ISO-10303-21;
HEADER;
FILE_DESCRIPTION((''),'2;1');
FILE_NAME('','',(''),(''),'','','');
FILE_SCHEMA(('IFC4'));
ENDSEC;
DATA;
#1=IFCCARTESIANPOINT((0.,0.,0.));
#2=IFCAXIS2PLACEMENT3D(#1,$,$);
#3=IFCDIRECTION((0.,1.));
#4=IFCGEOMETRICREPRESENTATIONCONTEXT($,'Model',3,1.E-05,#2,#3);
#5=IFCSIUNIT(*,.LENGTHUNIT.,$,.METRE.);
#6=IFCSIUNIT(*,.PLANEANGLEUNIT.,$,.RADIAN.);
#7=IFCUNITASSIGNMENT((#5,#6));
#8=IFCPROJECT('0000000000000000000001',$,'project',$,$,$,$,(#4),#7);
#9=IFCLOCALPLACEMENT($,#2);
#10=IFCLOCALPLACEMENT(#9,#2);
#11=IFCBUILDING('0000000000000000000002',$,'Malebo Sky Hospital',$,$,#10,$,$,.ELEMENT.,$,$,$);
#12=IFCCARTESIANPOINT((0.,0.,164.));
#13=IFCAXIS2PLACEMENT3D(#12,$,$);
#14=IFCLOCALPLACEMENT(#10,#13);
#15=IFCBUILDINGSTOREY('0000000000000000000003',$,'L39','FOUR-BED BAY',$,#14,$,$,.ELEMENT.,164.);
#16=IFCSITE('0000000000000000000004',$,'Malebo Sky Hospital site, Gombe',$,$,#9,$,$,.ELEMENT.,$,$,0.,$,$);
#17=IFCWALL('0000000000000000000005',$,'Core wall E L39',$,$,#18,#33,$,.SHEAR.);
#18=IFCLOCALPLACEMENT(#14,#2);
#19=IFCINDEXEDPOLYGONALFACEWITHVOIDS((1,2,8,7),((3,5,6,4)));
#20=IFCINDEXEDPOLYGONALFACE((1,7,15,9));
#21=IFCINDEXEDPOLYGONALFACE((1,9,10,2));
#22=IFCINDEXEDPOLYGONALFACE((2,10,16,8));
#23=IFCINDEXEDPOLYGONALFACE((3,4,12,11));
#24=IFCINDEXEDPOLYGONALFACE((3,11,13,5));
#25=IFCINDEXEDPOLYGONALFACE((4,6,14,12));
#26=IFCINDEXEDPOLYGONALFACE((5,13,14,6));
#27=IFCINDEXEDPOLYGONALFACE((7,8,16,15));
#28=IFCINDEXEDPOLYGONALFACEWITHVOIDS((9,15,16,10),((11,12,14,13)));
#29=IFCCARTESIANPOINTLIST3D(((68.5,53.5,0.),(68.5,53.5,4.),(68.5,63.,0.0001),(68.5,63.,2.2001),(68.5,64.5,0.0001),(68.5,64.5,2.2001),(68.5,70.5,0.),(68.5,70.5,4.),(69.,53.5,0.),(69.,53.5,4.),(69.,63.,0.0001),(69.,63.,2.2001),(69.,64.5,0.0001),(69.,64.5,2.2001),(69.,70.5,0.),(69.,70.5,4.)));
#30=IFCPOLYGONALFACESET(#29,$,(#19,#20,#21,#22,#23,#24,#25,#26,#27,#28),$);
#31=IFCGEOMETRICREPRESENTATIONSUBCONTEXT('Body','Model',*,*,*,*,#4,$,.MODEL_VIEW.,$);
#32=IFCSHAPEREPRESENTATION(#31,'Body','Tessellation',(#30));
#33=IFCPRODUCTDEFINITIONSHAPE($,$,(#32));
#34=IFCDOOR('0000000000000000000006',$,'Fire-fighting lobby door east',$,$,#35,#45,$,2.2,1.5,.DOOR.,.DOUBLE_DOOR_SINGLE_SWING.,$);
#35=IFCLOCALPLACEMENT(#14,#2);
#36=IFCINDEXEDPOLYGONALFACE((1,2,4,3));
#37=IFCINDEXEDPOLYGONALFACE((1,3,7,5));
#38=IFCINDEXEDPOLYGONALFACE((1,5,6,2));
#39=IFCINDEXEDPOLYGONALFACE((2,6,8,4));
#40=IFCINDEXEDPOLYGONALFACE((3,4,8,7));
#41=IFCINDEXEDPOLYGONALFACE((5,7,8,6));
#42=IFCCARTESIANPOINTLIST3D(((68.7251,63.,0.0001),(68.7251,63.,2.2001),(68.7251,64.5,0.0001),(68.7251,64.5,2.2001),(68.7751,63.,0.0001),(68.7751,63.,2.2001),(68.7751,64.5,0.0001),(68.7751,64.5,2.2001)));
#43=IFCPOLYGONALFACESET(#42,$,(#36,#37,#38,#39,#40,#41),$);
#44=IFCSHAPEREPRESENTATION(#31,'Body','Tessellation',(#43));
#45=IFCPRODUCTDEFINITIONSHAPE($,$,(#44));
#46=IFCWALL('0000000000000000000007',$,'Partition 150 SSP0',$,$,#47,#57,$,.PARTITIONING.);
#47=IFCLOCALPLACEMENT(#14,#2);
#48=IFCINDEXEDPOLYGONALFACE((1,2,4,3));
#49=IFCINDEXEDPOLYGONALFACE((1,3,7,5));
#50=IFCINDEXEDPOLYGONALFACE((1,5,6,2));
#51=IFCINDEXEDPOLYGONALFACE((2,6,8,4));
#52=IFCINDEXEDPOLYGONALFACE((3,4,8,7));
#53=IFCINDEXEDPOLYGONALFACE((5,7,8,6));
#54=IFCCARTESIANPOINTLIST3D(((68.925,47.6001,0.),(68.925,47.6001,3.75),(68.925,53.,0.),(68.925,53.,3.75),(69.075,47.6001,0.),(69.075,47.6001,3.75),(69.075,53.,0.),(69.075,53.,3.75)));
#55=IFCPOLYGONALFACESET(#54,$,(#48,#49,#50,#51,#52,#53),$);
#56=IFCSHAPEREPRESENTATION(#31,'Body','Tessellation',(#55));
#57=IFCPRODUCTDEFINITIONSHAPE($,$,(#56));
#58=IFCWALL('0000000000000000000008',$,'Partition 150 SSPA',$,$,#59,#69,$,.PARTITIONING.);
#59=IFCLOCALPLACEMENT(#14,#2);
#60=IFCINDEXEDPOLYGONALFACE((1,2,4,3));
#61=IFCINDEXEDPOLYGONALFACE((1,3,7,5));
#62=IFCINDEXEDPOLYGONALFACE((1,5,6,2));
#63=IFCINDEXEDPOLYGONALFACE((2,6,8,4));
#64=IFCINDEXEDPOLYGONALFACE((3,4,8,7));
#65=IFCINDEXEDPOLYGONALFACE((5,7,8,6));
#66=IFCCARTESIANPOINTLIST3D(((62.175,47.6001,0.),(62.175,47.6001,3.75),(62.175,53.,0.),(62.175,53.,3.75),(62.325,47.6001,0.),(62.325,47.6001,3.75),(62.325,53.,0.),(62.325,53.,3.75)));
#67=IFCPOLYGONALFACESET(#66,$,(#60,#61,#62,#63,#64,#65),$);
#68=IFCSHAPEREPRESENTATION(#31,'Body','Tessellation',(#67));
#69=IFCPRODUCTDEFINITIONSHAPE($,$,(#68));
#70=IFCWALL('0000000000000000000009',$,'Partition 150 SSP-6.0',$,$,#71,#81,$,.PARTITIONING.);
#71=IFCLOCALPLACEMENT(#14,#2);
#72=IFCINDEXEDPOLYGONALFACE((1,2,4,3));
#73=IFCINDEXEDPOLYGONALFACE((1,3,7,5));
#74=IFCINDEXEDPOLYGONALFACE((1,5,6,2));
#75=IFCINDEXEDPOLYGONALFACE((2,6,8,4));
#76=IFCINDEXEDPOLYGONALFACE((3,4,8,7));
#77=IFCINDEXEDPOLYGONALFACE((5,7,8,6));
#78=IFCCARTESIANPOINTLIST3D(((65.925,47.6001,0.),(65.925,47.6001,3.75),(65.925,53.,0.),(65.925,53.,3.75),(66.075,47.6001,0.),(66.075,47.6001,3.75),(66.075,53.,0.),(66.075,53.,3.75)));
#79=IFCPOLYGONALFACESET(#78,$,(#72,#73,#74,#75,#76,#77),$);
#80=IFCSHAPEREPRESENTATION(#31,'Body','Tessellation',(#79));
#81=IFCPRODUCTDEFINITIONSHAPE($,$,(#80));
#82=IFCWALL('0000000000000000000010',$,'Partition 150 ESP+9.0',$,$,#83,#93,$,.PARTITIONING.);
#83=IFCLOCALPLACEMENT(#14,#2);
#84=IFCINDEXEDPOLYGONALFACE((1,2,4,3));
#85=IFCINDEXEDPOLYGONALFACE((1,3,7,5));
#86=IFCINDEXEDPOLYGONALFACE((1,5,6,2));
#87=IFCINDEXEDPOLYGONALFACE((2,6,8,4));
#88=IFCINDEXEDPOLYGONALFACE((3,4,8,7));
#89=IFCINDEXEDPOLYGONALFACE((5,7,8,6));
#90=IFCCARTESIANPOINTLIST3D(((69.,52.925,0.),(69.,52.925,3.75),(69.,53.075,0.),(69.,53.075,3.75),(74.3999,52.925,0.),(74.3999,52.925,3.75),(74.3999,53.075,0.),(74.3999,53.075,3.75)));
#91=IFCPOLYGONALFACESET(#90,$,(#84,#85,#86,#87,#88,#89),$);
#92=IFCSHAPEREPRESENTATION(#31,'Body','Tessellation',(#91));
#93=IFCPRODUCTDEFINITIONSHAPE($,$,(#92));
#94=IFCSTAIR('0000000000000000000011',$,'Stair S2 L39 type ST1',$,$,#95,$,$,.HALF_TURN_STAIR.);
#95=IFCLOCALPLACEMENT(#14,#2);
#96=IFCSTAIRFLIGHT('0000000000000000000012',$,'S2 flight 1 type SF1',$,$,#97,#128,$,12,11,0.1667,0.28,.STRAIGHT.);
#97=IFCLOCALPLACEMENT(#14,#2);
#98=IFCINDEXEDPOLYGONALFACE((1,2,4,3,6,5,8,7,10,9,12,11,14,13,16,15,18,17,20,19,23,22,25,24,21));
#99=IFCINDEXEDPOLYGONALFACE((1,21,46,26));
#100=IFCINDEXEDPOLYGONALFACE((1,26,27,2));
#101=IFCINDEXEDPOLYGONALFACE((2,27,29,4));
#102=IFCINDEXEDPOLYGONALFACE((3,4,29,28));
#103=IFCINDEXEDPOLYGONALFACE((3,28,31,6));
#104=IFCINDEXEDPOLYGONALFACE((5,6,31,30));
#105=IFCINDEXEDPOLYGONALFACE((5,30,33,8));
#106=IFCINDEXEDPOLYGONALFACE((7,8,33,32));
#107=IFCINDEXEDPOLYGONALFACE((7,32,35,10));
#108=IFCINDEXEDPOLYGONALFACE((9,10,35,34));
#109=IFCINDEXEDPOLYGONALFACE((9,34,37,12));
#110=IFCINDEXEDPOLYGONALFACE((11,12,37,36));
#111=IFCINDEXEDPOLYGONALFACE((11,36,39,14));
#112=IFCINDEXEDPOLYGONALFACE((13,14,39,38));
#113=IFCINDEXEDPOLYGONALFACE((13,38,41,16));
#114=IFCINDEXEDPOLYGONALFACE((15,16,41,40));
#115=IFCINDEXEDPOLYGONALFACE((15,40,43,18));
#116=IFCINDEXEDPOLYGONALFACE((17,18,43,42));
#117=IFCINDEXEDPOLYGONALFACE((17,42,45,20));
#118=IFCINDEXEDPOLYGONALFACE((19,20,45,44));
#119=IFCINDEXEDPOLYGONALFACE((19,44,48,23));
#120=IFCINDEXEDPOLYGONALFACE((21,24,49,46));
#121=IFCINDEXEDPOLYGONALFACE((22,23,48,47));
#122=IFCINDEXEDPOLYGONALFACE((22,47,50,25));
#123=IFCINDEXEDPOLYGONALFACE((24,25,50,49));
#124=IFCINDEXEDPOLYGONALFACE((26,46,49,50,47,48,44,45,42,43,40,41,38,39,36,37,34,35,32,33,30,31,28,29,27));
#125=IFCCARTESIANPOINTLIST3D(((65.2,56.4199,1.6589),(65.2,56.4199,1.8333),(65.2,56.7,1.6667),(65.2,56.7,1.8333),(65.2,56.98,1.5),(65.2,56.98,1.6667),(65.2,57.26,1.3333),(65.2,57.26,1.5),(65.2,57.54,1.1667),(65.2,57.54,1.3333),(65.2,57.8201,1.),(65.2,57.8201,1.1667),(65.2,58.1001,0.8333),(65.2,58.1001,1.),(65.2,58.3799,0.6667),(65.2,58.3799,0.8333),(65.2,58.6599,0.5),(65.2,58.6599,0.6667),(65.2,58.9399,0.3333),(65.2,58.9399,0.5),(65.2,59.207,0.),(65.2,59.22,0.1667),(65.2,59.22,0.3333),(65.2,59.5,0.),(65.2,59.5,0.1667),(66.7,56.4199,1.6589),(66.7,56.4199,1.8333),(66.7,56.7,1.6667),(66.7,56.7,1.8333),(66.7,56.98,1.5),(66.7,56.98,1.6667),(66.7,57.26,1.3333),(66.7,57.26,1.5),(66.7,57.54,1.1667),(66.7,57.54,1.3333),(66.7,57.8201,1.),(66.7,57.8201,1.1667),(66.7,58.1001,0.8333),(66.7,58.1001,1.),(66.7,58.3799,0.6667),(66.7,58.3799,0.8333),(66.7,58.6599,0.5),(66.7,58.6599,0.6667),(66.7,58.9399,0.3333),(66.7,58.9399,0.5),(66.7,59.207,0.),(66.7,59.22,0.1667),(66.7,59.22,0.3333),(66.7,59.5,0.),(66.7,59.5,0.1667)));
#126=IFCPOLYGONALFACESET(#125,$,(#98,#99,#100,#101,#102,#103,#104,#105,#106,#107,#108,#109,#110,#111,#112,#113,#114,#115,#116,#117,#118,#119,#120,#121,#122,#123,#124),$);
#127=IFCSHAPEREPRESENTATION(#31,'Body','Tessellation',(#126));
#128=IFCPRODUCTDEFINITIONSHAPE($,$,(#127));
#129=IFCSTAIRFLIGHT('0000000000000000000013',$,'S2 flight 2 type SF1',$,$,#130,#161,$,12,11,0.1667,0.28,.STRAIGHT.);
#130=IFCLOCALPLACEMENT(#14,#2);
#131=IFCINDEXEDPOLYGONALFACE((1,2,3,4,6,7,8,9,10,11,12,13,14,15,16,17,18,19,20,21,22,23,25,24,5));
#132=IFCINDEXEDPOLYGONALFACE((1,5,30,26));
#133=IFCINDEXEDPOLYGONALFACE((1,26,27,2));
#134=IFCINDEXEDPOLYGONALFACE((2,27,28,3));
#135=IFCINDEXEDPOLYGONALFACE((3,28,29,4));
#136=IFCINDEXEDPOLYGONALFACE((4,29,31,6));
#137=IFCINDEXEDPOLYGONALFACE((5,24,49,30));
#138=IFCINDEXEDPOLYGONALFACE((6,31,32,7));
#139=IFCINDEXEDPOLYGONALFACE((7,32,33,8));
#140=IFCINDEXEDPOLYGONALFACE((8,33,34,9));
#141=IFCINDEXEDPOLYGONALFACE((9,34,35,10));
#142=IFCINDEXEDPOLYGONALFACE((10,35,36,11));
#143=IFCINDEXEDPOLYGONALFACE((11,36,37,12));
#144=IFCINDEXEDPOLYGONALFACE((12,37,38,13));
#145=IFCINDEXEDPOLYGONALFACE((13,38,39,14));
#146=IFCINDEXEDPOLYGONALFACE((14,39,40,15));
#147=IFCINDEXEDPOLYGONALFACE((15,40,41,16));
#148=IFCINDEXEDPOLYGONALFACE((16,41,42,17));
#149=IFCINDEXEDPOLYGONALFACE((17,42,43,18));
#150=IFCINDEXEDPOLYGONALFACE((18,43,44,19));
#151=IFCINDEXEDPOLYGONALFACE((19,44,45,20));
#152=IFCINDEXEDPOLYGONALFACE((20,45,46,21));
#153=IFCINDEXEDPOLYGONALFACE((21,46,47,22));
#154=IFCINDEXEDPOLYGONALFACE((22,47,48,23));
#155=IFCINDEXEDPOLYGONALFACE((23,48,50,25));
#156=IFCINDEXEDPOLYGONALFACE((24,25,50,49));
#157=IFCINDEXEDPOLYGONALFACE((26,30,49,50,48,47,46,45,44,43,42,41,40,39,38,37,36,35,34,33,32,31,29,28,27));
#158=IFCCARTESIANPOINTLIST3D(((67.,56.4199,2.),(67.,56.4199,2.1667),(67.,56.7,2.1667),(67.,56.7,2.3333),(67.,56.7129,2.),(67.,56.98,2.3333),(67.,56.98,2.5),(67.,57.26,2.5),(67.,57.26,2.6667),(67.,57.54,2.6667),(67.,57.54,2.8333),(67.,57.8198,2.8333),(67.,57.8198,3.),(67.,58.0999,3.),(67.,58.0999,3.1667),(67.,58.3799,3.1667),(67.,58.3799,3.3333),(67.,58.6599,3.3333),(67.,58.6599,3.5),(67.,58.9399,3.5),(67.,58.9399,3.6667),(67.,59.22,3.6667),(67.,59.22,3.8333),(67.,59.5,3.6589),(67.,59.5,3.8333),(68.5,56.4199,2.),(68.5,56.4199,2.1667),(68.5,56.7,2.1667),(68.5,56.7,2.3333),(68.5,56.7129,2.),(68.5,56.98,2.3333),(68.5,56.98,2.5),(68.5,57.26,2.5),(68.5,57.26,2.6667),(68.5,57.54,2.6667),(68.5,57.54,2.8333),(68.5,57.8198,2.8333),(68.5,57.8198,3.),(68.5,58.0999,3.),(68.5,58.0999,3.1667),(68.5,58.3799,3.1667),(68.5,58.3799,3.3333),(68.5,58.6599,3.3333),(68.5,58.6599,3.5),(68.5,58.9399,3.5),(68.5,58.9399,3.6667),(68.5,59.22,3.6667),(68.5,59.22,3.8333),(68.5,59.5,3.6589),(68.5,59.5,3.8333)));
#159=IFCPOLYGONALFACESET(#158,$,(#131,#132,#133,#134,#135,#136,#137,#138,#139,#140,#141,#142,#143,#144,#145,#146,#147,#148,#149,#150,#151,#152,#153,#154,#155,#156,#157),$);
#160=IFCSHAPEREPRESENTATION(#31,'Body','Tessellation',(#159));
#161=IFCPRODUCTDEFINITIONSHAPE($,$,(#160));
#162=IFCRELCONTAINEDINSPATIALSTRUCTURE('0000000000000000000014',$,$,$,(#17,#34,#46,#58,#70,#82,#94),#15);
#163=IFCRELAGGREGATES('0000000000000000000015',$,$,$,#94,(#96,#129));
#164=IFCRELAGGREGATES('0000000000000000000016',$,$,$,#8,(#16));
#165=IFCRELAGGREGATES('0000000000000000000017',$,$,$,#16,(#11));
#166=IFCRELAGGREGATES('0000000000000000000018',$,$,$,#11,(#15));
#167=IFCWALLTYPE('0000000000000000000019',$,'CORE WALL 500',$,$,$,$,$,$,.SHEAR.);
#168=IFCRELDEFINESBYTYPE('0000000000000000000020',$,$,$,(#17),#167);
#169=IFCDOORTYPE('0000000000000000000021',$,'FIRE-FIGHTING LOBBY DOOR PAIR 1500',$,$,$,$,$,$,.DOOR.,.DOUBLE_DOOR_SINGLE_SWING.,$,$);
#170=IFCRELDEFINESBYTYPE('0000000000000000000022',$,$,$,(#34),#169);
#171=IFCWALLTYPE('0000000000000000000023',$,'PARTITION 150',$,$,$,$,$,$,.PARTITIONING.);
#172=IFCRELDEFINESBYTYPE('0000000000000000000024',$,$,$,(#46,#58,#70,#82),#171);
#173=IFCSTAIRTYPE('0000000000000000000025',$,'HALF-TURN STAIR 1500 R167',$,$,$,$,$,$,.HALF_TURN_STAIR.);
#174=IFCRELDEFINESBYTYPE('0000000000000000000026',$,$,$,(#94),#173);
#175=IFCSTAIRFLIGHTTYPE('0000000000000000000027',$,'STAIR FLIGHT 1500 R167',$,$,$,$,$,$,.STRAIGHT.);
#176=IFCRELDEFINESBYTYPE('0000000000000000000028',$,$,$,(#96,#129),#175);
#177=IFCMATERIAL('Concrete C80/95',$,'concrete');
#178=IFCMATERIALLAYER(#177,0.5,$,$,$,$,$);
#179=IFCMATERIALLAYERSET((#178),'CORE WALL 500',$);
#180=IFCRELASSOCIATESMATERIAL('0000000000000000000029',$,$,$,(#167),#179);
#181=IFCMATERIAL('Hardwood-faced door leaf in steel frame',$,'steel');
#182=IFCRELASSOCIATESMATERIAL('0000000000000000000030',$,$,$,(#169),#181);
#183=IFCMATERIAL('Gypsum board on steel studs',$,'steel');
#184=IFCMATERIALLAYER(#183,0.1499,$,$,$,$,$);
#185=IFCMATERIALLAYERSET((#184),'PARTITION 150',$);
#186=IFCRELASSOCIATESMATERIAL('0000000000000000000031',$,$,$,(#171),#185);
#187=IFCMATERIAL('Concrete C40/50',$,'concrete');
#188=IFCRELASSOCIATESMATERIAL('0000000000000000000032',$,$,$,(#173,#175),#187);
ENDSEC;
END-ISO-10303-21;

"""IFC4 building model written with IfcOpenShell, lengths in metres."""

from ifc_helpers import new_model, si_unit, direction, frame, frame_2d, origin, place, context, subcontext, project, spatial, polyline, rectangle, outline, extrude, material, layer, layer_set, type_object, element, fill, aggregate, save


model = new_model("IFC4")

# Units and contexts
model_context = context("Model", 3, precision=1e-05, world=origin(), true_north=direction((0.0, 1.0)))
body_context = subcontext(model_context, "Body", "Model", "MODEL_VIEW")
ifc_project = project(units=[si_unit("LENGTHUNIT", "METRE"), si_unit("PLANEANGLEUNIT", "RADIAN")], contexts=[model_context])

# Site, building, storey
site_placement = place(None, origin())
site = spatial("IfcSite", under=ifc_project, at=site_placement, Name="Malebo Sky Hospital site, Gombe", CompositionType="ELEMENT", RefElevation=0.0)
building_placement = place(site_placement, origin())
building = spatial("IfcBuilding", under=site, at=building_placement, Name="Malebo Sky Hospital", CompositionType="ELEMENT")
storey_placement = place(building_placement, frame((0.0, 0.0, 164.0)))
storey = spatial("IfcBuildingStorey", under=building, at=storey_placement, Name="L39", Description="FOUR-BED BAY", CompositionType="ELEMENT", Elevation=164.0)

# Shared definitions
ifc_material_1 = material(Name="Concrete C80/95", Category="concrete")

# Wall, opening, door
ifc_material_2 = material(Name="Hardwood-faced door leaf in steel frame", Category="steel")
ifc_layer_1 = layer(ifc_material_1, 0.5)
ifc_layer_set_1 = layer_set([ifc_layer_1], Name="CORE WALL 500")
wall_type_1 = type_object("IfcWallType", Name="CORE WALL 500", PredefinedType="SHEAR", material=ifc_layer_set_1)
wall_1_placement = place(storey_placement, frame((68.75, 53.5, 0.0), z_axis=(0.0, 0.0, 1.0), x_axis=(0.0, 1.0, 0.0)))
wall_1 = element("IfcWall", 1, at=wall_1_placement, inside=storey, type_object=wall_type_1, Name="Core wall E L39", PredefinedType="SHEAR", context=body_context, shape_type="SweptSolid", body=[
    extrude(rectangle(XDim=17.0, YDim=0.5, at=frame_2d((8.5, 0.0))), origin(), (0.0, 0.0, 1.0), 4.0),
])
opening_1_placement = place(wall_1_placement, frame((9.5, 0.0, 0.0)))
opening_1 = element("IfcOpeningElement", 2, at=opening_1_placement, cuts=wall_1, PredefinedType="OPENING", context=body_context, shape_type="SweptSolid", body=[
    extrude(rectangle(XDim=1.5, YDim=2.2, at=frame_2d((0.75, 1.1001))), frame((0.0, 0.26, 0.0), z_axis=(0.0, -1.0, 0.0), x_axis=(1.0, 0.0, 0.0)), (0.0, 0.0, 1.0), 0.52),
])
door_type_1 = type_object("IfcDoorType", Name="FIRE-FIGHTING LOBBY DOOR PAIR 1500", OperationType="DOUBLE_DOOR_SINGLE_SWING", PredefinedType="DOOR", material=ifc_material_2)
door_1_placement = place(opening_1_placement, origin())
door_1 = element("IfcDoor", 3, at=door_1_placement, inside=storey, type_object=door_type_1, Name="Fire-fighting lobby door east", OperationType="DOUBLE_DOOR_SINGLE_SWING", OverallHeight=2.2, OverallWidth=1.5, PredefinedType="DOOR", context=body_context, shape_type="SweptSolid", body=[
    extrude(rectangle(XDim=1.5, YDim=2.2, at=frame_2d((0.75, 1.1001))), frame((0.0, 0.0249, 0.0), z_axis=(0.0, -1.0, 0.0), x_axis=(1.0, 0.0, 0.0)), (0.0, 0.0, 1.0), 0.05),
])
fill(opening_1, door_1)

# Walls
ifc_material_3 = material(Name="Gypsum board on steel studs", Category="steel")
ifc_layer_2 = layer(ifc_material_3, 0.1499)
ifc_layer_set_2 = layer_set([ifc_layer_2], Name="PARTITION 150")
wall_type_2 = type_object("IfcWallType", Name="PARTITION 150", PredefinedType="PARTITIONING", material=ifc_layer_set_2)
for number, where, z_axis, x_axis, name in (
    (4, (69.0, 53.0, 0.0), (0.0, 0.0, 1.0), (0.0, -1.0, 0.0), "Partition 150 SSP0"),
    (5, (62.25, 53.0, 0.0), (0.0, 0.0, 1.0), (0.0, -1.0, 0.0), "Partition 150 SSPA"),
    (6, (66.0, 53.0, 0.0), (0.0, 0.0, 1.0), (0.0, -1.0, 0.0), "Partition 150 SSP-6.0"),
    (7, (69.0, 53.0, 0.0), (0.0, 0.0, 1.0), (1.0, 0.0, 0.0), "Partition 150 ESP+9.0"),
):
    element("IfcWall", number, at=place(storey_placement, frame(where, z_axis=z_axis, x_axis=x_axis)), inside=storey, type_object=wall_type_2, Name=name, PredefinedType="PARTITIONING", context=body_context, shape_type="SweptSolid", body=[
        extrude(rectangle(XDim=5.3999, YDim=0.1499, at=frame_2d((2.7, 0.0))), origin(), (0.0, 0.0, 1.0), 3.75),
    ])

# Stair, stair flights
ifc_material_4 = material(Name="Concrete C40/50", Category="concrete")
stair_type = type_object("IfcStairType", Name="HALF-TURN STAIR 1500 R167", PredefinedType="HALF_TURN_STAIR", material=ifc_material_4)
stair_placement = place(storey_placement, origin())
stair = element("IfcStair", 8, at=stair_placement, inside=storey, type_object=stair_type, Name="Stair S2 L39 type ST1", PredefinedType="HALF_TURN_STAIR")
stair_flight_type = type_object("IfcStairFlightType", Name="STAIR FLIGHT 1500 R167", PredefinedType="STRAIGHT", material=ifc_material_4)
stair_flight_1_placement = place(storey_placement, frame((65.95, 59.5, 0.0), z_axis=(0.0, 0.0, 1.0), x_axis=(0.0, -1.0, 0.0)))
stair_flight_1 = element("IfcStairFlight", 9, at=stair_flight_1_placement, type_object=stair_flight_type, Name="S2 flight 1 type SF1", NumberOfRisers=12, NumberOfTreads=11, PredefinedType="STRAIGHT", RiserHeight=0.1667, TreadLength=0.28, context=body_context, shape_type="SweptSolid", body=[
    extrude(outline(polyline([(0.0, 0.0), (0.0, 0.1667), (0.28, 0.1667), (0.28, 0.3333), (0.5601, 0.3333), (0.5601, 0.5), (0.8401, 0.5), (0.8401, 0.6667), (1.1201, 0.6667), (1.1201, 0.8333), (1.3999, 0.8333), (1.3999, 1.0), (1.6799, 1.0), (1.6799, 1.1667), (1.96, 1.1667), (1.96, 1.3333), (2.24, 1.3333), (2.24, 1.5), (2.52, 1.5), (2.52, 1.6667), (2.8, 1.6667), (2.8, 1.8333), (3.0801, 1.8333), (3.0801, 2.0), (3.0801, 1.6589), (0.293, 0.0), (0.0, 0.0)])), frame((0.0, 0.75, 0.0), z_axis=(0.0, -1.0, 0.0), x_axis=(1.0, 0.0, 0.0)), (0.0, 0.0, 1.0), 1.5),
])
stair_flight_2_placement = place(storey_placement, frame((67.75, 56.4199, 2.0), z_axis=(0.0, 0.0, 1.0), x_axis=(0.0, 1.0, 0.0)))
stair_flight_2 = element("IfcStairFlight", 10, at=stair_flight_2_placement, type_object=stair_flight_type, Name="S2 flight 2 type SF1", NumberOfRisers=12, NumberOfTreads=11, PredefinedType="STRAIGHT", RiserHeight=0.1667, TreadLength=0.28, context=body_context, shape_type="SweptSolid", body=[
    extrude(outline(polyline([(0.0, 0.0), (0.0, 0.1667), (0.28, 0.1667), (0.28, 0.3333), (0.5601, 0.3333), (0.5601, 0.5), (0.8401, 0.5), (0.8401, 0.6667), (1.1201, 0.6667), (1.1201, 0.8333), (1.3999, 0.8333), (1.3999, 1.0), (1.6799, 1.0), (1.6799, 1.1667), (1.96, 1.1667), (1.96, 1.3333), (2.24, 1.3333), (2.24, 1.5), (2.52, 1.5), (2.52, 1.6667), (2.8, 1.6667), (2.8, 1.8333), (3.0801, 1.8333), (3.0801, 2.0), (3.0801, 1.6589), (0.293, 0.0), (0.0, 0.0)])), frame((0.0, 0.75, 0.0), z_axis=(0.0, -1.0, 0.0), x_axis=(1.0, 0.0, 0.0)), (0.0, 0.0, 1.0), 1.5),
])
aggregate(stair, [stair_flight_1, stair_flight_2])

save(model, "model.ifc")
